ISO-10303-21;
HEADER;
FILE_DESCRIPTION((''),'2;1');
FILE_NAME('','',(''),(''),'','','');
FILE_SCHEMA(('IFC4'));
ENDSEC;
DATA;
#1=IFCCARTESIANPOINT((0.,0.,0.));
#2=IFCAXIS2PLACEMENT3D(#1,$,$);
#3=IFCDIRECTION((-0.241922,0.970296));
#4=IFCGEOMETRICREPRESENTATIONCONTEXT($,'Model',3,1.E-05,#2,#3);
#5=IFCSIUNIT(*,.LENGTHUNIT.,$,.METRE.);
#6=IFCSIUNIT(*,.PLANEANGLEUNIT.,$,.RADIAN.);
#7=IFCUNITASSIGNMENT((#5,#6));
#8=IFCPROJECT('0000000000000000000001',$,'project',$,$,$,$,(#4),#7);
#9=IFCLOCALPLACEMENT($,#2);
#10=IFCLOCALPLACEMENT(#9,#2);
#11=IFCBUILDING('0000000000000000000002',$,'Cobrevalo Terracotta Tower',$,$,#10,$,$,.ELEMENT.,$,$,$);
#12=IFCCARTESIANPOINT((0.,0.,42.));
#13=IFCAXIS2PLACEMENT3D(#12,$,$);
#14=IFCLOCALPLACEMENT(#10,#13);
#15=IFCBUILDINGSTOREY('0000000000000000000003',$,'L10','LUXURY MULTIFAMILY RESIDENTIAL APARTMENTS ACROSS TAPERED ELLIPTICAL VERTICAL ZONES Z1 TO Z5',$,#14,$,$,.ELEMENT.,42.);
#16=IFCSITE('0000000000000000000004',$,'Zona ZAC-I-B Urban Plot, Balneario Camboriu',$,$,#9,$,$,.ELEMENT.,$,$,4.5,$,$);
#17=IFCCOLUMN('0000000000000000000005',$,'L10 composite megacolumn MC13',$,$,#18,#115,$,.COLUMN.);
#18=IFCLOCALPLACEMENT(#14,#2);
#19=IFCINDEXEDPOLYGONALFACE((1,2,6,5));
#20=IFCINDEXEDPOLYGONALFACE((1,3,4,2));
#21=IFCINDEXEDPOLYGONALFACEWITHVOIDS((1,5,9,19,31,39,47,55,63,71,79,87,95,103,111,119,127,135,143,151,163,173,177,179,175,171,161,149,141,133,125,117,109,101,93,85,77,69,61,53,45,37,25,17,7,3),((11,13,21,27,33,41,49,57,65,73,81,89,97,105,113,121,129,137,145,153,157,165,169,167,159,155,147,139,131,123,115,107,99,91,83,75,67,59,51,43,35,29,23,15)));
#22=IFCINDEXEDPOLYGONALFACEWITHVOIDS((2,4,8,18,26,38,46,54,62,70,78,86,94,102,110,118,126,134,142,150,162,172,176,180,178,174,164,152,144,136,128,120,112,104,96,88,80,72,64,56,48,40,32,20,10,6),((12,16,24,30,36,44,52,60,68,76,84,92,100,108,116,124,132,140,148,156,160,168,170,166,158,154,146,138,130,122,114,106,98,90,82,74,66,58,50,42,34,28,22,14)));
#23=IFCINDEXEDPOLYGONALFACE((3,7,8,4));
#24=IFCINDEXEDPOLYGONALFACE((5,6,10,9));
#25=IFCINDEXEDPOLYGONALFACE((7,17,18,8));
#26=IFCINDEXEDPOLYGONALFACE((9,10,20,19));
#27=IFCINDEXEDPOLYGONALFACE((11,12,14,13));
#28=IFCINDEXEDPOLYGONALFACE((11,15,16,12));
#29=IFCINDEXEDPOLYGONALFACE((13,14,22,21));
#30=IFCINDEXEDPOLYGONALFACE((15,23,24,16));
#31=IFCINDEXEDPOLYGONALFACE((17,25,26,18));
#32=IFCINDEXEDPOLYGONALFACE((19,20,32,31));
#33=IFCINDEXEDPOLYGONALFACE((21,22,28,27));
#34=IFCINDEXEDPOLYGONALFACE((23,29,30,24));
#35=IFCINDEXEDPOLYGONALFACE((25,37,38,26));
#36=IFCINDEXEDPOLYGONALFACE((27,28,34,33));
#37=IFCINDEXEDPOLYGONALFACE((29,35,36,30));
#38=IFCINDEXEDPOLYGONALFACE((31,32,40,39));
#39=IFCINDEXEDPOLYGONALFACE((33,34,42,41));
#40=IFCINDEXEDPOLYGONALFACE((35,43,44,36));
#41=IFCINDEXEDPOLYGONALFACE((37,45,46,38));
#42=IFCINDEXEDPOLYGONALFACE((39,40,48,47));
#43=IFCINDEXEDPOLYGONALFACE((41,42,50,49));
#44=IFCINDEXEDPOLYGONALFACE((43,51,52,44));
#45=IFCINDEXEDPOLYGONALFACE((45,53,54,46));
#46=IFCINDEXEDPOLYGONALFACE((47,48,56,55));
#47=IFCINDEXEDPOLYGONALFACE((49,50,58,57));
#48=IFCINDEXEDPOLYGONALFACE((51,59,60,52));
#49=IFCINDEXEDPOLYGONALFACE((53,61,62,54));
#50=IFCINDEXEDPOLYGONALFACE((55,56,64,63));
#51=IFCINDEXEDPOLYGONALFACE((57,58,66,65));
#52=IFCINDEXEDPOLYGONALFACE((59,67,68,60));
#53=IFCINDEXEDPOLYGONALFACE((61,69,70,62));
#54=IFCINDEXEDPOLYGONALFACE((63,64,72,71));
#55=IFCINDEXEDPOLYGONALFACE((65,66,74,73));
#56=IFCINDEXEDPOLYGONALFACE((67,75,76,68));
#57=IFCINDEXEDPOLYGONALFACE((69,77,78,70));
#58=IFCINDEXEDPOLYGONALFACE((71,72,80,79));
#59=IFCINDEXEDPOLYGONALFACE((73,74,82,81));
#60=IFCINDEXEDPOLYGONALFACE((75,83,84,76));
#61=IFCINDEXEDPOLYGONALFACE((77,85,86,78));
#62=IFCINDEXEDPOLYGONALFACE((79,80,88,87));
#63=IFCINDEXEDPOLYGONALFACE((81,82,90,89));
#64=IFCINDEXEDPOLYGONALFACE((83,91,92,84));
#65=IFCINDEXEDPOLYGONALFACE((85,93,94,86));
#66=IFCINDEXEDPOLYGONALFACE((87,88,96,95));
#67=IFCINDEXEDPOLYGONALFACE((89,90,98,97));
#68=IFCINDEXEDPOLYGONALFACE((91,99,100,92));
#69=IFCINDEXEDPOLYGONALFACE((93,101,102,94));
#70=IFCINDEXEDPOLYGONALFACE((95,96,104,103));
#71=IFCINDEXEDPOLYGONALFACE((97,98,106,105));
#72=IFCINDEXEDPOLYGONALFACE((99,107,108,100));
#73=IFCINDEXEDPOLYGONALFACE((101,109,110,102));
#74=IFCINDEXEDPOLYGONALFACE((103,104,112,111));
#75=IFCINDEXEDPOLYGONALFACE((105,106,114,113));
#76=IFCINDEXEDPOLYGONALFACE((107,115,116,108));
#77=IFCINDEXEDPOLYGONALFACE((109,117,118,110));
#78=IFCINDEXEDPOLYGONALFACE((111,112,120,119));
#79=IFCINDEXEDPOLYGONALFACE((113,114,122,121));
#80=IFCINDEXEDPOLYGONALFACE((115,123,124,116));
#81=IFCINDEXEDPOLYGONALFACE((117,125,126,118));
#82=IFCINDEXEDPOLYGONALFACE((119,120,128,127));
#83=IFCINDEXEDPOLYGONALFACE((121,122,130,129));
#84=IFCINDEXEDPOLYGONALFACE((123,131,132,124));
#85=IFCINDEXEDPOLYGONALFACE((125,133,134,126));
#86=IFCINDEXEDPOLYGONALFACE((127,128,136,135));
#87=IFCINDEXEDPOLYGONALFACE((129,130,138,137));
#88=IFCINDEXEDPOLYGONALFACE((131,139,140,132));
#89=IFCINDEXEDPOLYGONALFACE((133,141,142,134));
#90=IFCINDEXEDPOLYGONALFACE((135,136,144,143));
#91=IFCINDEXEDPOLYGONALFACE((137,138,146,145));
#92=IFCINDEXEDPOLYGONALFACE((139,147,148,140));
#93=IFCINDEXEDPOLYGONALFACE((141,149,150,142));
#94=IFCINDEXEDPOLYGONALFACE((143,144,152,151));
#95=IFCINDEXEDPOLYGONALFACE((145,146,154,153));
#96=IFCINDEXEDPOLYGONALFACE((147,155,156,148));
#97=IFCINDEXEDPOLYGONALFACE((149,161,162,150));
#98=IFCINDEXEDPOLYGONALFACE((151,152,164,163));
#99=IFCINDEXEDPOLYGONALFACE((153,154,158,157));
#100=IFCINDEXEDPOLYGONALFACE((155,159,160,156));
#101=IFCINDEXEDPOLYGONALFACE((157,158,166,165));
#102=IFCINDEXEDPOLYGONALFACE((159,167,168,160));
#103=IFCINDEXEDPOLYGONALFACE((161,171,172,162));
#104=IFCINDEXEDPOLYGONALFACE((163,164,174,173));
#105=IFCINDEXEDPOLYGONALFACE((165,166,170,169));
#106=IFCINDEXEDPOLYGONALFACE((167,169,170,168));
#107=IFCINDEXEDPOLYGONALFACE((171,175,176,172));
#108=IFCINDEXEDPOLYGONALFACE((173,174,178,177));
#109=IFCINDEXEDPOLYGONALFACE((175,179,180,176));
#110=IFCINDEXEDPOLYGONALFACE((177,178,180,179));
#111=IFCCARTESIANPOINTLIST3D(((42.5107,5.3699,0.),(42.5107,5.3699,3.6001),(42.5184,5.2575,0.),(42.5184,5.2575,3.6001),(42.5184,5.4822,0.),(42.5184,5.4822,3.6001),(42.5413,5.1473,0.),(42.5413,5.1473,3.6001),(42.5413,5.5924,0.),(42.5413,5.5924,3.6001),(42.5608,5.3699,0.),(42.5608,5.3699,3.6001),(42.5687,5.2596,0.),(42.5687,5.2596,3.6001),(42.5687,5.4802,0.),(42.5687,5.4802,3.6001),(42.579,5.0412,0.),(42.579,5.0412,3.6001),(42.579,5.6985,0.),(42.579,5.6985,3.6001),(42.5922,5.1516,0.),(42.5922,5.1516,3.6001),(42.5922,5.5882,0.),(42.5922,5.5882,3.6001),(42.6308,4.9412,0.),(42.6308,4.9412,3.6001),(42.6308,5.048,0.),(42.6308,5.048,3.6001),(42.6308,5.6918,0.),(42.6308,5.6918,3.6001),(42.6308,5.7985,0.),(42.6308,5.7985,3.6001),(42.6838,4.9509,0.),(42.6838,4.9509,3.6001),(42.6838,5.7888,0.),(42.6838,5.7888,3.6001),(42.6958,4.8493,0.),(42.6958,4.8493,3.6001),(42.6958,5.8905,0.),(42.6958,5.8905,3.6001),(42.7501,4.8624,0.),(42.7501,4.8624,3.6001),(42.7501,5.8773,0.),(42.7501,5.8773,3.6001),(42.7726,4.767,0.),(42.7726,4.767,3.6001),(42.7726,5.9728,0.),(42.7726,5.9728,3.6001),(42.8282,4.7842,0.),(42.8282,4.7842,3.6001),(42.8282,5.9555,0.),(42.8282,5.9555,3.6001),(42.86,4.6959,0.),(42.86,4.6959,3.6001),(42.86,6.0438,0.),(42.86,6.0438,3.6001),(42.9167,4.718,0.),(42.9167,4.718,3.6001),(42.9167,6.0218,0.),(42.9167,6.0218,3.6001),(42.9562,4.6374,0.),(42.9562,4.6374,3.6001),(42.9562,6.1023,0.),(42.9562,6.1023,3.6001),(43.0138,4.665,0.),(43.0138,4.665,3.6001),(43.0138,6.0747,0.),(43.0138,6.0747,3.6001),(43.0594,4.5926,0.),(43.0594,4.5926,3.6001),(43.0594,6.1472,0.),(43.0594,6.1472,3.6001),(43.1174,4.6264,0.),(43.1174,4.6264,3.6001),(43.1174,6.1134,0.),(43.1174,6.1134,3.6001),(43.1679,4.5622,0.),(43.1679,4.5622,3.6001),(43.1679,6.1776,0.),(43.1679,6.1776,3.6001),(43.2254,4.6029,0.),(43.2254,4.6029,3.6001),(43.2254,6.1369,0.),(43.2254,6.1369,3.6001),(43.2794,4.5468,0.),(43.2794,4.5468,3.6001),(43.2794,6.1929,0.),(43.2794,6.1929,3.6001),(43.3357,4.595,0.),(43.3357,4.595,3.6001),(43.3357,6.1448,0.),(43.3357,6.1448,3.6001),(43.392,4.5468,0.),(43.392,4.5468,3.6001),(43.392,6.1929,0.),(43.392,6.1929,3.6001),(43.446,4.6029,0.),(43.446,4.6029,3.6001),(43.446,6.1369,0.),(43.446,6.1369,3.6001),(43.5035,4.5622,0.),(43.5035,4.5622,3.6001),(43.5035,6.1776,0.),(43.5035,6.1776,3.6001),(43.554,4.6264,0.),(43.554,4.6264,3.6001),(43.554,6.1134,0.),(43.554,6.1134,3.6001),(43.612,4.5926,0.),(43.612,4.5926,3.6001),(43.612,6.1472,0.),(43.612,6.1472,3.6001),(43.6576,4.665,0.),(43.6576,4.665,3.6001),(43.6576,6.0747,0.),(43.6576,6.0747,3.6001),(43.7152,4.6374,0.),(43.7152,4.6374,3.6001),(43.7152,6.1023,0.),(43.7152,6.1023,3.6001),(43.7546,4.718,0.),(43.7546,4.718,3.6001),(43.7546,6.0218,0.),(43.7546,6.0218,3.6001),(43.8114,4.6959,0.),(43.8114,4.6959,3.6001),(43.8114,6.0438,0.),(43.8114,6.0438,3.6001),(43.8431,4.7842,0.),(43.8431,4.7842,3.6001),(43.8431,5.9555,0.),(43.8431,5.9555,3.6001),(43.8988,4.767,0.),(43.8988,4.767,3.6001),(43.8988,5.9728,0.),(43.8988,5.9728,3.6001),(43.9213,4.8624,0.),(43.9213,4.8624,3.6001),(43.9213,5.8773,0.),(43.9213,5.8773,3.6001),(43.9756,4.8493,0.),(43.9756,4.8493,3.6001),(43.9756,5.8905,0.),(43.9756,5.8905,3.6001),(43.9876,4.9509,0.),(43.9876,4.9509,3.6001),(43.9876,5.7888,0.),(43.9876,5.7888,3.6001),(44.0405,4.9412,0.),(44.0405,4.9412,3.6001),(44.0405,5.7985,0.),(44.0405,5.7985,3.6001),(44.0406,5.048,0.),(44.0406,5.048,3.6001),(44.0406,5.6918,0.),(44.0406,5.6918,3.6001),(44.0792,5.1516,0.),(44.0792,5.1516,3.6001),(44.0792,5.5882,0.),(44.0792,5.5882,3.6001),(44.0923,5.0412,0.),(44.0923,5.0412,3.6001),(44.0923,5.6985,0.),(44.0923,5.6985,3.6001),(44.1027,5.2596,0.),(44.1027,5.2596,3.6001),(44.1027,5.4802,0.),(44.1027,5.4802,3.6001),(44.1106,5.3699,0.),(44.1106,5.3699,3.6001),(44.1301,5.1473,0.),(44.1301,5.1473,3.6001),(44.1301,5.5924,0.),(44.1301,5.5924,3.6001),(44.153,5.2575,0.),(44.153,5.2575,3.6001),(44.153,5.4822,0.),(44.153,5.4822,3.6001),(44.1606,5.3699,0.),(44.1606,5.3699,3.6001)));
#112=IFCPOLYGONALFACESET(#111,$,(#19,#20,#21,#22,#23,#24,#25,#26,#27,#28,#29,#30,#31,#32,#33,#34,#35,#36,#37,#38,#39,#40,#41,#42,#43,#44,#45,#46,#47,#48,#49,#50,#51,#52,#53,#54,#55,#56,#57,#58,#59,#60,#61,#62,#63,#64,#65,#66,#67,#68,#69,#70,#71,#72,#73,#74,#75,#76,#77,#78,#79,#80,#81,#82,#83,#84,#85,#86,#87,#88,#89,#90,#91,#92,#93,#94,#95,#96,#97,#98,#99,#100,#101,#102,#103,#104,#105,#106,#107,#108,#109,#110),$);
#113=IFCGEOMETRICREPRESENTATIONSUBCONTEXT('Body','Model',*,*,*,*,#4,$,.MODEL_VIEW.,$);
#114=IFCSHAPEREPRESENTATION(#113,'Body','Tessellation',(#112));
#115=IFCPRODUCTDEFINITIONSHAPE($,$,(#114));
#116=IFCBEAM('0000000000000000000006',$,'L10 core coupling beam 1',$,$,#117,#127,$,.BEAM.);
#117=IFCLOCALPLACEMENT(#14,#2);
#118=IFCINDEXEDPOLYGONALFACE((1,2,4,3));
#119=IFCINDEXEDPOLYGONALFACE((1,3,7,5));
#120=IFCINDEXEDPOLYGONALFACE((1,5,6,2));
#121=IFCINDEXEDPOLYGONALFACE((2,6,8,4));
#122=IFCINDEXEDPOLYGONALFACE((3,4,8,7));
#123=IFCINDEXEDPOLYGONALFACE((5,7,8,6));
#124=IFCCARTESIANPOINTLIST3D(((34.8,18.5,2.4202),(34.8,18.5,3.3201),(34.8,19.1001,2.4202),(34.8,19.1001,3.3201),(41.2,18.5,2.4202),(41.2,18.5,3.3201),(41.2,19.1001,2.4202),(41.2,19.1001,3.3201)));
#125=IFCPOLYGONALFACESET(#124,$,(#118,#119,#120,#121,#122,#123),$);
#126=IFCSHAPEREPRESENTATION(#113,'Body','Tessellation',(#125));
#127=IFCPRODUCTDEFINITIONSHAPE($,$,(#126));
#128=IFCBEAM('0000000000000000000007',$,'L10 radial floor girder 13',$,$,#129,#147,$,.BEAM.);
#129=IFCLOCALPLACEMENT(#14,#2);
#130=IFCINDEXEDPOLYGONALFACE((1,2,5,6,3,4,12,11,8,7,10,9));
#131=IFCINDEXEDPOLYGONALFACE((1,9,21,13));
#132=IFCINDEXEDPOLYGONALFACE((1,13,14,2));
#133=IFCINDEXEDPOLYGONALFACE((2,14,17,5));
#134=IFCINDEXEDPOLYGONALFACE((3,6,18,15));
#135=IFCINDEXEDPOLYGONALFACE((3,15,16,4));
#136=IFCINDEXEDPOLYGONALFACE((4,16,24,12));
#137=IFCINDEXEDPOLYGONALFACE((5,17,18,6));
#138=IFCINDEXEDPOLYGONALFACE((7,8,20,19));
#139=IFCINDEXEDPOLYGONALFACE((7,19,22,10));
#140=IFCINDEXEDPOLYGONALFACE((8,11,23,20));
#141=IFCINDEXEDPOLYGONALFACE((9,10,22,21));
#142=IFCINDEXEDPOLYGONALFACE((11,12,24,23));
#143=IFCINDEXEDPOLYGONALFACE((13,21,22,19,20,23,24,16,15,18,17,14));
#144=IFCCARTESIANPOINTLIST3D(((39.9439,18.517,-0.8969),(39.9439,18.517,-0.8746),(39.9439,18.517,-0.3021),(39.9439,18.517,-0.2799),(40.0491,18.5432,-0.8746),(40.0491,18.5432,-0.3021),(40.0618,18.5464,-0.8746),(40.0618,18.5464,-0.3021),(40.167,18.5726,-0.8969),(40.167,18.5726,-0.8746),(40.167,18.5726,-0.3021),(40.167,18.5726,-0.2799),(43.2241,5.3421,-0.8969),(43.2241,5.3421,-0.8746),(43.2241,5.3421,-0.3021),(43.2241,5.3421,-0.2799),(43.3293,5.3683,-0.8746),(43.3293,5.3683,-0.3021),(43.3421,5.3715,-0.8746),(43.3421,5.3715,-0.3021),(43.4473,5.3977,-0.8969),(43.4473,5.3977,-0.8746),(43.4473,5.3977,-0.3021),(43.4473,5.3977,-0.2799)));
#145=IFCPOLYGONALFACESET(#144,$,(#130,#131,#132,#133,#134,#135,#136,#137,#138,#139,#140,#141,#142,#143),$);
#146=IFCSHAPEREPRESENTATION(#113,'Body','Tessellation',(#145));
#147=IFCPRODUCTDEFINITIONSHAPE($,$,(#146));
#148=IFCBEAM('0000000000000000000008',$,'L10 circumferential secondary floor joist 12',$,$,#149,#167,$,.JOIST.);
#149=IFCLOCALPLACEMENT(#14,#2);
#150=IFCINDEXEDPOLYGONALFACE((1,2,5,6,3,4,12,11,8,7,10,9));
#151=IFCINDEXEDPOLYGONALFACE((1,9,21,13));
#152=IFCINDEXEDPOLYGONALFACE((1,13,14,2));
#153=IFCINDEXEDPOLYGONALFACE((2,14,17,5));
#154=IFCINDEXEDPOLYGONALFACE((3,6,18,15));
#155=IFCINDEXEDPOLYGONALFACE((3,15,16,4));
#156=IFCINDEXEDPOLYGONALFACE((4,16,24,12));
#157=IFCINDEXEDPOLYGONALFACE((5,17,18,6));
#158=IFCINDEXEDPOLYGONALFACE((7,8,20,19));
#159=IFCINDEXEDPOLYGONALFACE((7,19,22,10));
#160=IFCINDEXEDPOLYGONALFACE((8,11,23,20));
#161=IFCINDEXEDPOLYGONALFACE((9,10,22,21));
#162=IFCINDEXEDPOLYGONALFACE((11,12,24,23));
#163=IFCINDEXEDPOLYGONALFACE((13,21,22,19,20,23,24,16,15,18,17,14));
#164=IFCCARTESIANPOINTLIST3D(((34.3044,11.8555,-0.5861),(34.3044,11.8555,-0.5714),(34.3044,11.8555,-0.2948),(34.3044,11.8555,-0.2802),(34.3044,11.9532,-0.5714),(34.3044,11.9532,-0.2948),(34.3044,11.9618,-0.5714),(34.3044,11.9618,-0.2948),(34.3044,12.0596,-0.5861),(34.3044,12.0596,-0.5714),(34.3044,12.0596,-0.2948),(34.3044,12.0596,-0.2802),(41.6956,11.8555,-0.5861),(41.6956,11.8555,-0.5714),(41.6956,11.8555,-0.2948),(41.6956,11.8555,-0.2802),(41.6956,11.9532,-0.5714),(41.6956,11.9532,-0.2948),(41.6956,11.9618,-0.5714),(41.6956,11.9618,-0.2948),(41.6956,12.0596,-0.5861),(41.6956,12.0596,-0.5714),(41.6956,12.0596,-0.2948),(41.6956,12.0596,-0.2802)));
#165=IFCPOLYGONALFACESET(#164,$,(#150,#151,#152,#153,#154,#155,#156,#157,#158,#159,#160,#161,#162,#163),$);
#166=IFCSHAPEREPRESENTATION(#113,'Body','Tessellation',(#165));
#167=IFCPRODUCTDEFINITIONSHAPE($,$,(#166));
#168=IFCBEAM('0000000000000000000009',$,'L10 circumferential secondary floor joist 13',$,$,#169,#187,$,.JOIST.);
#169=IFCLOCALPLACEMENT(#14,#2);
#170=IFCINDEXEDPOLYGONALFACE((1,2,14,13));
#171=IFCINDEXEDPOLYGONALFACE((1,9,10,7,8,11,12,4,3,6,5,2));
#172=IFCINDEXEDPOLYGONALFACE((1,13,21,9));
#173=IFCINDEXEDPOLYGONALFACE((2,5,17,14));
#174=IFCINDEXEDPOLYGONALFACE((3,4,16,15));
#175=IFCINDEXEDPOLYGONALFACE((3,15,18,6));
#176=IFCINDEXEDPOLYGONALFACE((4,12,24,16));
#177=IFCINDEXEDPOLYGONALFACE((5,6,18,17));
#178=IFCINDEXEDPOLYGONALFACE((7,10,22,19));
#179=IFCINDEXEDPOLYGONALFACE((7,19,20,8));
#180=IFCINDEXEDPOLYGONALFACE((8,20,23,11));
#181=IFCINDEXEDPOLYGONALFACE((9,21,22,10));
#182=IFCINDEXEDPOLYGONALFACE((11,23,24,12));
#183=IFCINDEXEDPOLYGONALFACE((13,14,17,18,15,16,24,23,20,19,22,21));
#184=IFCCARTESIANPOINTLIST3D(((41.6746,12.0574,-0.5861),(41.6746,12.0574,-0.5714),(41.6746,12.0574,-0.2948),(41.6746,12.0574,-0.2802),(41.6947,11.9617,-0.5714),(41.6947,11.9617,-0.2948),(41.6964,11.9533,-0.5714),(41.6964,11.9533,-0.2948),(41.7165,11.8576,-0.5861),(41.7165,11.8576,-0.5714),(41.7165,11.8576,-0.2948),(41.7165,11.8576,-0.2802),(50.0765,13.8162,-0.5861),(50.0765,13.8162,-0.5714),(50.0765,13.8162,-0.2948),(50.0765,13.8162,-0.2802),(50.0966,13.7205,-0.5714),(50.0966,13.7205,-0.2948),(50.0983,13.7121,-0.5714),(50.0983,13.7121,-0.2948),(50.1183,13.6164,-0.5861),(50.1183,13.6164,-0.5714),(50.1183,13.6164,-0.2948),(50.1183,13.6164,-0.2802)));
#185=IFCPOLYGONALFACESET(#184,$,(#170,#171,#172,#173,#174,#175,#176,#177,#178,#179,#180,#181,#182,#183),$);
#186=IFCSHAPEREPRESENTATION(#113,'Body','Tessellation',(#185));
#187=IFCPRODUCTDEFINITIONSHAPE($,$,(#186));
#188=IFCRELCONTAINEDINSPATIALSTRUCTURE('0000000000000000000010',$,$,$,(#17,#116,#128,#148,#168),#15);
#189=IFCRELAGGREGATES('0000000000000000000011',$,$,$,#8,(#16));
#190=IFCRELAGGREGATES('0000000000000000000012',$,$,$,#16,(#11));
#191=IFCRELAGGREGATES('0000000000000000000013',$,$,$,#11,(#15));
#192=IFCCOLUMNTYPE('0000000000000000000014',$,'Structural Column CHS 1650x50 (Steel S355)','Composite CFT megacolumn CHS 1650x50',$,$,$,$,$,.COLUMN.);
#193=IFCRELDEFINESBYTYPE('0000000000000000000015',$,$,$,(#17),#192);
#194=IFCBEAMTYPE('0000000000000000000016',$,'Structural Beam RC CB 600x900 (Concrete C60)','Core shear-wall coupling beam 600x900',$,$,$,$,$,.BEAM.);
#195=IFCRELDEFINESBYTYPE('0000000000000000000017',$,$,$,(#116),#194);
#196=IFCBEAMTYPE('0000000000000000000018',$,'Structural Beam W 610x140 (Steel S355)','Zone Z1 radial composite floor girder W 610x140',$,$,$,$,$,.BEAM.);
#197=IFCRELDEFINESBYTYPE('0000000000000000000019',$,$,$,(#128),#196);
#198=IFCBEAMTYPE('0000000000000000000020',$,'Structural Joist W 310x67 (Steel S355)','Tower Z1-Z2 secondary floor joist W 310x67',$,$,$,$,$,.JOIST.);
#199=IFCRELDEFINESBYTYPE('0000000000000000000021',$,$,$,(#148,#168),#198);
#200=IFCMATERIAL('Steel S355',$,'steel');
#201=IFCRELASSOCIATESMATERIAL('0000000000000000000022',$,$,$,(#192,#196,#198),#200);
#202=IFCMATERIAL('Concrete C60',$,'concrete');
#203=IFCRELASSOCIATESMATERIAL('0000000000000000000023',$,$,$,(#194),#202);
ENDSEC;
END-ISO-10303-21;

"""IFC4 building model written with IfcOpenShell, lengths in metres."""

from ifc_helpers import new_model, si_unit, direction, frame, origin, origin_2d, place, context, subcontext, project, spatial, rectangle, hollow_circle, i_section, extrude, material, material_profile, profile_set, type_object, element, save


model = new_model("IFC4")

# Units and contexts
model_context = context("Model", 3, precision=1e-05, world=origin(), true_north=direction((-0.241922, 0.970296)))
body_context = subcontext(model_context, "Body", "Model", "MODEL_VIEW")
ifc_project = project(units=[si_unit("LENGTHUNIT", "METRE"), si_unit("PLANEANGLEUNIT", "RADIAN")], contexts=[model_context])

# Site, building, storey
site_placement = place(None, origin())
site = spatial("IfcSite", under=ifc_project, at=site_placement, Name="Zona ZAC-I-B Urban Plot, Balneario Camboriu", CompositionType="ELEMENT", RefElevation=4.5)
building_placement = place(site_placement, origin())
building = spatial("IfcBuilding", under=site, at=building_placement, Name="Cobrevalo Terracotta Tower", CompositionType="ELEMENT")
storey_placement = place(building_placement, frame((0.0, 0.0, 42.0)))
storey = spatial("IfcBuildingStorey", under=building, at=storey_placement, Name="L10", Description="LUXURY MULTIFAMILY RESIDENTIAL APARTMENTS ACROSS TAPERED ELLIPTICAL VERTICAL ZONES Z1 TO Z5", CompositionType="ELEMENT", Elevation=42.0)

# Column
ifc_material_1 = material(Name="Steel S355", Category="steel")
ifc_material_profile_1 = material_profile(ifc_material_1, hollow_circle(Radius=0.825, WallThickness=0.05, at=origin_2d()), Name="CHS 1650x50")
ifc_profile_set_1 = profile_set([ifc_material_profile_1], Name="Steel S355")
column_type = type_object("IfcColumnType", Name="Structural Column CHS 1650x50 (Steel S355)", Description="Composite CFT megacolumn CHS 1650x50", PredefinedType="COLUMN", material=ifc_profile_set_1)
column_placement = place(storey_placement, frame((43.3357, 5.3699, 0.0), z_axis=(0.0, 0.0, 1.0), x_axis=(1.0, 0.0, 0.0)))
element("IfcColumn", 1, at=column_placement, inside=storey, type_object=column_type, Name="L10 composite megacolumn MC13", PredefinedType="COLUMN", context=body_context, shape_type="SweptSolid", body=[
    extrude(hollow_circle(Radius=0.825, WallThickness=0.05, at=origin_2d()), origin(), (0.0, 0.0, 1.0), 3.6001),
])

# Beams
ifc_material_2 = material(Name="Concrete C60", Category="concrete")
ifc_material_profile_2 = material_profile(ifc_material_2, rectangle(XDim=0.6001, YDim=0.8999, at=origin_2d()), Name="RC CB 600x900")
ifc_profile_set_2 = profile_set([ifc_material_profile_2], Name="Concrete C60")
beam_type_1 = type_object("IfcBeamType", Name="Structural Beam RC CB 600x900 (Concrete C60)", Description="Core shear-wall coupling beam 600x900", PredefinedType="BEAM", material=ifc_profile_set_2)
beam_1_placement = place(storey_placement, frame((34.8, 18.8, 2.8701), z_axis=(1.0, 0.0, 0.0), x_axis=(0.0, 1.0, 0.0)))
element("IfcBeam", 2, at=beam_1_placement, inside=storey, type_object=beam_type_1, Name="L10 core coupling beam 1", PredefinedType="BEAM", context=body_context, shape_type="SweptSolid", body=[
    extrude(rectangle(XDim=0.6001, YDim=0.8999, at=origin_2d()), origin(), (0.0, 0.0, 1.0), 6.3999),
])
ifc_material_profile_3 = material_profile(ifc_material_1, i_section(OverallWidth=0.23, OverallDepth=0.6169, WebThickness=0.0132, FlangeThickness=0.0222, at=origin_2d()), Name="W 610x140")
ifc_profile_set_3 = profile_set([ifc_material_profile_3], Name="Steel S355")
beam_type_2 = type_object("IfcBeamType", Name="Structural Beam W 610x140 (Steel S355)", Description="Zone Z1 radial composite floor girder W 610x140", PredefinedType="BEAM", material=ifc_profile_set_3)
beam_2_placement = place(storey_placement, frame((43.3357, 5.3699, -0.5884), z_axis=(-0.2416, 0.970376, 0.0), x_axis=(-0.970376, -0.2416, 0.0)))
element("IfcBeam", 3, at=beam_2_placement, inside=storey, type_object=beam_type_2, Name="L10 radial floor girder 13", PredefinedType="BEAM", context=body_context, shape_type="SweptSolid", body=[
    extrude(i_section(OverallWidth=0.23, OverallDepth=0.6169, WebThickness=0.0132, FlangeThickness=0.0222, at=origin_2d()), origin(), (0.0, 0.0, 1.0), 13.5771),
])
ifc_material_profile_4 = material_profile(ifc_material_1, i_section(OverallWidth=0.2041, OverallDepth=0.3059, WebThickness=0.0085, FlangeThickness=0.0146, at=origin_2d()), Name="W 310x67")
ifc_profile_set_4 = profile_set([ifc_material_profile_4], Name="Steel S355")
beam_type_3 = type_object("IfcBeamType", Name="Structural Joist W 310x67 (Steel S355)", Description="Tower Z1-Z2 secondary floor joist W 310x67", PredefinedType="JOIST", material=ifc_profile_set_4)
beam_3_placement = place(storey_placement, frame((34.3044, 11.9575, -0.4331), z_axis=(1.0, 0.0, 0.0), x_axis=(0.0, 1.0, 0.0)))
element("IfcBeam", 4, at=beam_3_placement, inside=storey, type_object=beam_type_3, Name="L10 circumferential secondary floor joist 12", PredefinedType="JOIST", context=body_context, shape_type="SweptSolid", body=[
    extrude(i_section(OverallWidth=0.2041, OverallDepth=0.3059, WebThickness=0.0085, FlangeThickness=0.0146, at=origin_2d()), origin(), (0.0, 0.0, 1.0), 7.3911),
])
beam_4_placement = place(storey_placement, frame((41.6956, 11.9575, -0.4331), z_axis=(0.978785, 0.204892, 0.0), x_axis=(-0.204892, 0.978785, 0.0)))
element("IfcBeam", 5, at=beam_4_placement, inside=storey, type_object=beam_type_3, Name="L10 circumferential secondary floor joist 13", PredefinedType="JOIST", context=body_context, shape_type="SweptSolid", body=[
    extrude(i_section(OverallWidth=0.2041, OverallDepth=0.3059, WebThickness=0.0085, FlangeThickness=0.0146, at=origin_2d()), origin(), (0.0, 0.0, 1.0), 8.584),
])

save(model, "model.ifc")
